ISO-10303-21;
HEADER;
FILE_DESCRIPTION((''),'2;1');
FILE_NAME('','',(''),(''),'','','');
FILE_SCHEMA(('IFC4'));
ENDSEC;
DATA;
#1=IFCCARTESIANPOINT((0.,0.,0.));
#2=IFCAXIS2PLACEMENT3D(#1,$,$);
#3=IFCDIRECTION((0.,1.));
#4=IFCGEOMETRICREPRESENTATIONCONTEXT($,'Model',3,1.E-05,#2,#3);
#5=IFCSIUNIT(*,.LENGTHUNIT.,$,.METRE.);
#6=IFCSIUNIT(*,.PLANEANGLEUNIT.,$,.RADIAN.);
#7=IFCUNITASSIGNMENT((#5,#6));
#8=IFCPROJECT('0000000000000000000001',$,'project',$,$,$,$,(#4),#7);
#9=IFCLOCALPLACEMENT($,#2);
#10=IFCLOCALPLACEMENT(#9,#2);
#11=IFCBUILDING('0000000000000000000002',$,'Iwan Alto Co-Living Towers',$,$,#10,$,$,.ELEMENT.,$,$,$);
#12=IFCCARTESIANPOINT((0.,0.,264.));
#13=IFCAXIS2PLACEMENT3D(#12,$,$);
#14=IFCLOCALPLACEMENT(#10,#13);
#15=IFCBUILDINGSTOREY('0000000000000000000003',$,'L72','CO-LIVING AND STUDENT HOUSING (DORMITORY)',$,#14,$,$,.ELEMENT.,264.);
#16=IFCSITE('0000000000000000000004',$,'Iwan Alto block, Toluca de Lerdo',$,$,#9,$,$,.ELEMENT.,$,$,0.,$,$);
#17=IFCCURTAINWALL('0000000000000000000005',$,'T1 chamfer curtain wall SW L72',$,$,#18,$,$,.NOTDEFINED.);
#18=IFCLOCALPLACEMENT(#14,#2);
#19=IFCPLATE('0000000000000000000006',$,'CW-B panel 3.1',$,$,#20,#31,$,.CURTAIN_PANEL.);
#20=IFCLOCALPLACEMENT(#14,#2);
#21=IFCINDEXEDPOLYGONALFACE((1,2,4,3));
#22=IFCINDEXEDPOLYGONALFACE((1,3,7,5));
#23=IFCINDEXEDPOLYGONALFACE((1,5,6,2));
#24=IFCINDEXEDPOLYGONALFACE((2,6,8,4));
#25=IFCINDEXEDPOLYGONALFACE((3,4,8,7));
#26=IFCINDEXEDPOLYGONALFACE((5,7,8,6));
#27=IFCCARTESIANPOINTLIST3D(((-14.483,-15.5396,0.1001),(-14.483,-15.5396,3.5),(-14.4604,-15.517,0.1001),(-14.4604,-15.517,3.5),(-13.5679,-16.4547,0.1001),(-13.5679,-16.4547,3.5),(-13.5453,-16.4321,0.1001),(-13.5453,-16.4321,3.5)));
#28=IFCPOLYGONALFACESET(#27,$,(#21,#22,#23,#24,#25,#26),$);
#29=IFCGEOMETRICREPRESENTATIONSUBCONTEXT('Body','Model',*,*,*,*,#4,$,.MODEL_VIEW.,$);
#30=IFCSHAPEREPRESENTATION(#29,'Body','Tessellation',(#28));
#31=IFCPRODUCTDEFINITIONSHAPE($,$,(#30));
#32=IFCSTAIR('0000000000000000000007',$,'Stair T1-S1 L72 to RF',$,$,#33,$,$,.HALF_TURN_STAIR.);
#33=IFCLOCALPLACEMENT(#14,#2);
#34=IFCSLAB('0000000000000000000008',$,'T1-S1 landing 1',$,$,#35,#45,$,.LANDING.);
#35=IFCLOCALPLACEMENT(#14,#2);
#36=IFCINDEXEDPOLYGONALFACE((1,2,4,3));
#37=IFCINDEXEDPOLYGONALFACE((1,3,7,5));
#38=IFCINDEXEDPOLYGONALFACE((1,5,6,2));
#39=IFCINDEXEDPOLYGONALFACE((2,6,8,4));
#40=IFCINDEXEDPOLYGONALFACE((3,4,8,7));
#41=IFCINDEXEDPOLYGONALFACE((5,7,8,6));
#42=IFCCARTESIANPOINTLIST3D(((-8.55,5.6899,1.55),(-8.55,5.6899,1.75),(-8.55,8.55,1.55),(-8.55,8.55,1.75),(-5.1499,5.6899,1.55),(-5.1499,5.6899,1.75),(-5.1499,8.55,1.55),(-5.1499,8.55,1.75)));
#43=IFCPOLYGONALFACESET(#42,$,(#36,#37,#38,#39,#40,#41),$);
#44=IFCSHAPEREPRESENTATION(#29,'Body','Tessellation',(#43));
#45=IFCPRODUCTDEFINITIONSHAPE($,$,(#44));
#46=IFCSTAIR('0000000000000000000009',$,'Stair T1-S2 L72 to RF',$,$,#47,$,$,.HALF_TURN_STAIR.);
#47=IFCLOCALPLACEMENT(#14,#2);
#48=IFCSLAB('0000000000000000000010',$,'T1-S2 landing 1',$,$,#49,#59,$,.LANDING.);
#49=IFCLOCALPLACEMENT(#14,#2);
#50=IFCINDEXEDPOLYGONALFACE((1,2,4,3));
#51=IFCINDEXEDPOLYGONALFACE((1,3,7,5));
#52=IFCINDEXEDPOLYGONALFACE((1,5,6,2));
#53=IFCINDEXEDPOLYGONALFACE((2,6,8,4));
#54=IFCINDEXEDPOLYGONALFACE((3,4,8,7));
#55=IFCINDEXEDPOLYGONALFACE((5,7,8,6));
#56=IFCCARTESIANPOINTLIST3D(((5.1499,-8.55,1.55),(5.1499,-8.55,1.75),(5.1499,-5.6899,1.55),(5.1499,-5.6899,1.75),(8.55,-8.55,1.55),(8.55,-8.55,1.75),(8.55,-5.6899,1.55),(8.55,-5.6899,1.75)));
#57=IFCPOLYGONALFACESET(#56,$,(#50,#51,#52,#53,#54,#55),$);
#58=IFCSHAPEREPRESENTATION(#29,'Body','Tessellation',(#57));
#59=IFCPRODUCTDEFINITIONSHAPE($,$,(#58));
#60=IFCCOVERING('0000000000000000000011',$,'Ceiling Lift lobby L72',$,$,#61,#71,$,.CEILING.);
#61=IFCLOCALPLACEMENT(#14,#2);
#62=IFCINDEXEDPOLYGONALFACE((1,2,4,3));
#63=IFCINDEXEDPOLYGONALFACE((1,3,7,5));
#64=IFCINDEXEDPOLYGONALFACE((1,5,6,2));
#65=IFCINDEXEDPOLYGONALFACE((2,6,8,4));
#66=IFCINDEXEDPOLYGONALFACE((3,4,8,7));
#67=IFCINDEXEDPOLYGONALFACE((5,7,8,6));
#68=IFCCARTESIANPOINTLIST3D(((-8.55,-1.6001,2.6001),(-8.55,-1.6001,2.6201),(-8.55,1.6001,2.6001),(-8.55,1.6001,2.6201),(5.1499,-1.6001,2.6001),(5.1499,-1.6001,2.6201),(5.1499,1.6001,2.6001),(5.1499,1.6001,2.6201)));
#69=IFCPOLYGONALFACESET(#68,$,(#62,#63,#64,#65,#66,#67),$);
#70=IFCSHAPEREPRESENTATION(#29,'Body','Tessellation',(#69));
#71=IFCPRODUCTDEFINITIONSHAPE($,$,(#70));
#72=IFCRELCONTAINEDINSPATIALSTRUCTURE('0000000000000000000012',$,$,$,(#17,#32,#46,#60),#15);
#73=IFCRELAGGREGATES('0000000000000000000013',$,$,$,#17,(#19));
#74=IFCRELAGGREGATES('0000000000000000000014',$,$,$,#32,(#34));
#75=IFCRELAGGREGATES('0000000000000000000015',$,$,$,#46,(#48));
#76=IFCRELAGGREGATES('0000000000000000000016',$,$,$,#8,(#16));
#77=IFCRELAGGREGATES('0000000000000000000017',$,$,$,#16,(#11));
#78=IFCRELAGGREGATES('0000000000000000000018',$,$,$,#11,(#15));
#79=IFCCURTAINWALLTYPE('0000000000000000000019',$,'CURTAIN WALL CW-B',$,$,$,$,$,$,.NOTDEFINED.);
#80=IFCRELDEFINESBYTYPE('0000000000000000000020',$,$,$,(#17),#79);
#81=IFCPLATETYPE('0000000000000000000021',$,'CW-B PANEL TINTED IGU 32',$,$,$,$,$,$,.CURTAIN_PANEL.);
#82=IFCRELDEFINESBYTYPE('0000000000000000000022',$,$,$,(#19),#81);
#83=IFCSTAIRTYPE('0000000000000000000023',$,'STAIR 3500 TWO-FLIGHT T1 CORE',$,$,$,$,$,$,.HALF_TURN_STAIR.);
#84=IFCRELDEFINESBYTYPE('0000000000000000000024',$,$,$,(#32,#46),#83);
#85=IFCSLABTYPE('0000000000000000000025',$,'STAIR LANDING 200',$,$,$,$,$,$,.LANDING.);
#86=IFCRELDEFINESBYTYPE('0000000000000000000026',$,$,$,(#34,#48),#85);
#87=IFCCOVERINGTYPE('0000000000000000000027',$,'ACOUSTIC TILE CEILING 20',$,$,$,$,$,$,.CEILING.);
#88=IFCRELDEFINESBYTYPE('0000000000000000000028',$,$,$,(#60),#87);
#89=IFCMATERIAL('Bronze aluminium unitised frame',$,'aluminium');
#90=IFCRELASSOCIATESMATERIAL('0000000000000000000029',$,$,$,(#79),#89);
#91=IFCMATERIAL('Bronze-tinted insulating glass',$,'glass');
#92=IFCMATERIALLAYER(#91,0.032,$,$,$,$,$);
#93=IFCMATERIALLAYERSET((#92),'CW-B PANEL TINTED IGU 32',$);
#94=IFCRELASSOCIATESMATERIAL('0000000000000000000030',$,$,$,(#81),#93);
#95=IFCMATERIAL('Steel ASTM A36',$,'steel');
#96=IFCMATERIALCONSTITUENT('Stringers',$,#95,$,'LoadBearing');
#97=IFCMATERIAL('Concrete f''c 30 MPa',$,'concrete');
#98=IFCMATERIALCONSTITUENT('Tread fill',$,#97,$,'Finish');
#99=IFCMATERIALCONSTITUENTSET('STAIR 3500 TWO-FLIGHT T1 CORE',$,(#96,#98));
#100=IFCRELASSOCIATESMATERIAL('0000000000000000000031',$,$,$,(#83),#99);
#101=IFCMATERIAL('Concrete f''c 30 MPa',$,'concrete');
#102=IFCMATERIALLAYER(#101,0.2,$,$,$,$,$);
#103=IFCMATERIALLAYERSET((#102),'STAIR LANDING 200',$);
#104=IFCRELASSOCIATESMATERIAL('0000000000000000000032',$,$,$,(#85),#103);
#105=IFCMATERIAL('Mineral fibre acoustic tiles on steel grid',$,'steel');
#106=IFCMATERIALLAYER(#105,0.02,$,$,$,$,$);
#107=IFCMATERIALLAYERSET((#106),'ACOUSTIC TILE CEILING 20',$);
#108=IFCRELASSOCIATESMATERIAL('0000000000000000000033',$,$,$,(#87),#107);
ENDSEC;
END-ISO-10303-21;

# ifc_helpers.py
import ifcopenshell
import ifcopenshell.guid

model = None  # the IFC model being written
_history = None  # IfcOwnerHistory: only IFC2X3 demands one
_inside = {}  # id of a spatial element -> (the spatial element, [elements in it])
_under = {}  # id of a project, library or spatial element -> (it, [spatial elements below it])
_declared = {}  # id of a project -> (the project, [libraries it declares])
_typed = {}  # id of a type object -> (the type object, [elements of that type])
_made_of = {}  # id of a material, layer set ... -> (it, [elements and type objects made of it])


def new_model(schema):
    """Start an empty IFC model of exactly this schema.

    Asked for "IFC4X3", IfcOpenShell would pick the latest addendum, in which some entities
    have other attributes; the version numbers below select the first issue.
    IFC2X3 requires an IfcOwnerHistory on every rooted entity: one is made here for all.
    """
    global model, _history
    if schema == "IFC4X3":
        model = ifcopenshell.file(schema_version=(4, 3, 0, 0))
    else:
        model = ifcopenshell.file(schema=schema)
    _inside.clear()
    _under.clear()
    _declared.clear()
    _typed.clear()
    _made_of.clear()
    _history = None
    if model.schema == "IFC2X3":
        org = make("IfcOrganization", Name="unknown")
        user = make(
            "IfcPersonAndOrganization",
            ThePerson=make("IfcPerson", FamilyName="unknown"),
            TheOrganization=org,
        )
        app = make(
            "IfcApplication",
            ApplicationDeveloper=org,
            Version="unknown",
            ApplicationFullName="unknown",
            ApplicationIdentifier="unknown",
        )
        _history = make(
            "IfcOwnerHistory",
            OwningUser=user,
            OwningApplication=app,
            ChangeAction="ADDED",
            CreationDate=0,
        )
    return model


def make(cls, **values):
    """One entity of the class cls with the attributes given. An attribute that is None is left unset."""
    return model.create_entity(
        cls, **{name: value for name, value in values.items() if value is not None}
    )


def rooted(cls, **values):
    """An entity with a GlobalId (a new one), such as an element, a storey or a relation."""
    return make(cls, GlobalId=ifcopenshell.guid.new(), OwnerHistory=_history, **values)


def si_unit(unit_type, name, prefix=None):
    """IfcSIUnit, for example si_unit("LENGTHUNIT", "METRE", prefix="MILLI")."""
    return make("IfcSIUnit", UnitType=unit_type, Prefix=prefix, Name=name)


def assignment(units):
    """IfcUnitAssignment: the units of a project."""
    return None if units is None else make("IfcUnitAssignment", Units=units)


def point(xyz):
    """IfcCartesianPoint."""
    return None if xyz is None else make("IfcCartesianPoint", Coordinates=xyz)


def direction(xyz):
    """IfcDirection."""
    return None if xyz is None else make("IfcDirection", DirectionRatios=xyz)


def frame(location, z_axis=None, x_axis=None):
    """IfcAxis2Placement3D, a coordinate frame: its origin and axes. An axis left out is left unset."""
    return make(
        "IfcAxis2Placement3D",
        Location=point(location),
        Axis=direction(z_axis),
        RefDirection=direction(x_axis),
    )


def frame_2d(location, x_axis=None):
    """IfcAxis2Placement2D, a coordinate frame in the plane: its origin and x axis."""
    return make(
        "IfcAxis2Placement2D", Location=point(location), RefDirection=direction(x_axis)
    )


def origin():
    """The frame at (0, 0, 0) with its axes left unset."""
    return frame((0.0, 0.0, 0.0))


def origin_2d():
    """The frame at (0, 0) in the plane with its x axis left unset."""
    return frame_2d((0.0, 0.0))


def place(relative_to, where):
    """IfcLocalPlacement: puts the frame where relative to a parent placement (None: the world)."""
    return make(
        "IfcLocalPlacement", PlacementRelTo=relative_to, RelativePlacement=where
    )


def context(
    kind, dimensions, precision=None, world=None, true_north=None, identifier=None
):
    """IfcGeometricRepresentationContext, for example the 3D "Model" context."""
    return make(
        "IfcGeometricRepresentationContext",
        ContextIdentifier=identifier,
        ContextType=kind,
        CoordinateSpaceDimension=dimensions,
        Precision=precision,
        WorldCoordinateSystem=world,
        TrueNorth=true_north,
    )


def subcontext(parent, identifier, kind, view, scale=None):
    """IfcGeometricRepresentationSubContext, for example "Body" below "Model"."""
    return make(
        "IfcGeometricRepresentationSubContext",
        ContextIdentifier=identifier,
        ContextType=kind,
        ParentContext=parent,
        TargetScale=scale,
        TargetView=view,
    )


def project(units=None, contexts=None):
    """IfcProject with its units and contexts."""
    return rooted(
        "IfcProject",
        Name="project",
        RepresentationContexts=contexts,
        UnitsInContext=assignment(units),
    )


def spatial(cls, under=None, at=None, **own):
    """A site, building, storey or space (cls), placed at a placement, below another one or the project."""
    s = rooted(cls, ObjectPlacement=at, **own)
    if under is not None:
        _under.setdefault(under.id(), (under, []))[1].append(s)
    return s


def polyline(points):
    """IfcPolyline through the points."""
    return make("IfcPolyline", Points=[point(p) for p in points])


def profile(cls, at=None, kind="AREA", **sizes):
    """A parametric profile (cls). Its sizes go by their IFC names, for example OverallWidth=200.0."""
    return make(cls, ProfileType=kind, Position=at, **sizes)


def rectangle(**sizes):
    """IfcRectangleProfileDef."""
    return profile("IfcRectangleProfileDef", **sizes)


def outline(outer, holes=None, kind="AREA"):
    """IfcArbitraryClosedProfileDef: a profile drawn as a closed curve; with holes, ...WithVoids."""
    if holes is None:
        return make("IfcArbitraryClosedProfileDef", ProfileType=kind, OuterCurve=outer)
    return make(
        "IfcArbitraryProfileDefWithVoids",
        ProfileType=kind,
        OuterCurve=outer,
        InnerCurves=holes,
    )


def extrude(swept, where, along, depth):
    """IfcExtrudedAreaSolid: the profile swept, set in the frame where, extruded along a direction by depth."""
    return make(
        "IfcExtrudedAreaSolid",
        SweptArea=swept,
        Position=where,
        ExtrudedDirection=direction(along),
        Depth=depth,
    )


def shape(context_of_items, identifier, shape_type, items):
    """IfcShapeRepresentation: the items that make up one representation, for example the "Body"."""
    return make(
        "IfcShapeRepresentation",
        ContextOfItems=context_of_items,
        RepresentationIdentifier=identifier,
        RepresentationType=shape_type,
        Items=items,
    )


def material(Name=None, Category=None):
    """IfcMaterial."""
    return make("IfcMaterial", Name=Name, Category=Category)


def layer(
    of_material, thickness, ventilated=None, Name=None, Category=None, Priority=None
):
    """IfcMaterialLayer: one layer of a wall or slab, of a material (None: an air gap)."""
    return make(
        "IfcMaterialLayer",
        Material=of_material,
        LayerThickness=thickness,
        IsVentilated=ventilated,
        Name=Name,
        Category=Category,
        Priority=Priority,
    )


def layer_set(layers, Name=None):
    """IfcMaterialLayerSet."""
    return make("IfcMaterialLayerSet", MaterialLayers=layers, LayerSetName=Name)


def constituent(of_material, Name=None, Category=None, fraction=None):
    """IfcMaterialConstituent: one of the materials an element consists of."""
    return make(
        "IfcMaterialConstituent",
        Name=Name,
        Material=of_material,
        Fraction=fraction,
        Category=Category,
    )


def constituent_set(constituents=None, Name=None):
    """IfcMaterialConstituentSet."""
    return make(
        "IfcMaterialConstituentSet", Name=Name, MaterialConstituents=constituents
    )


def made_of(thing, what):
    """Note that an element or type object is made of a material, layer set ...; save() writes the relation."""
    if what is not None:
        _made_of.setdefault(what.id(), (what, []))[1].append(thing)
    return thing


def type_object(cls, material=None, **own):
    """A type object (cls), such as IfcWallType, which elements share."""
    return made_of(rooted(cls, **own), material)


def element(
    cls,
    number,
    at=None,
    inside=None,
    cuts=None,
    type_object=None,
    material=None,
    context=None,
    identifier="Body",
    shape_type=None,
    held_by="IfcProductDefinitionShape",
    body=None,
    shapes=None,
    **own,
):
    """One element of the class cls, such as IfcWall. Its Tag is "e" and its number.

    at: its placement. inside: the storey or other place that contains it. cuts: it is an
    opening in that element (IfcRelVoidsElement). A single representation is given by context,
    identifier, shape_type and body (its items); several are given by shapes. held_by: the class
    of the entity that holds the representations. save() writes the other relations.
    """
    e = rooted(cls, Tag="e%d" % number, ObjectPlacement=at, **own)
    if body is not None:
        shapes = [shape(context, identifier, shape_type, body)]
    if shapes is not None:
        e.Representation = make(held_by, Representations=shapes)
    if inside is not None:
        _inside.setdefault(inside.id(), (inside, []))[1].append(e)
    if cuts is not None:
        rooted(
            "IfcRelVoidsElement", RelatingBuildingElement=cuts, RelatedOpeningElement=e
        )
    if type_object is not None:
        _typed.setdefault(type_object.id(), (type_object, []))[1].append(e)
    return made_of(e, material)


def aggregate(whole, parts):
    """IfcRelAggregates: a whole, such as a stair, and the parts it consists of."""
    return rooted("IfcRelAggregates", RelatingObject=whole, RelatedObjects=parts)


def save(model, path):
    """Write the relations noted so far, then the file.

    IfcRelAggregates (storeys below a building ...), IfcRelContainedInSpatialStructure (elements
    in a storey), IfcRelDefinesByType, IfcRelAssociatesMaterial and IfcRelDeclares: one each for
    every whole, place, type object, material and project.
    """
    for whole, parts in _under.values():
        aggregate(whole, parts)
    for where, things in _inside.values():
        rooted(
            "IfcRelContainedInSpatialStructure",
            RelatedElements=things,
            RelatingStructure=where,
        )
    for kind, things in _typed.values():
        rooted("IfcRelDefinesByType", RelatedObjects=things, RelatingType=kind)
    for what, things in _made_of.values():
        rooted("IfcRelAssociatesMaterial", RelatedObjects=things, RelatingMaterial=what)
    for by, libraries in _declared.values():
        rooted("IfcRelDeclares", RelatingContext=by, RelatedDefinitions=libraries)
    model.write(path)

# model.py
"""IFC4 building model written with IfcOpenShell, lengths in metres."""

from ifc_helpers import new_model, si_unit, direction, frame, origin, origin_2d, place, context, subcontext, project, spatial, polyline, rectangle, outline, extrude, material, layer, layer_set, constituent, constituent_set, type_object, element, aggregate, save


model = new_model("IFC4")

# Units and contexts
model_context = context("Model", 3, precision=1e-05, world=origin(), true_north=direction((0.0, 1.0)))
body_context = subcontext(model_context, "Body", "Model", "MODEL_VIEW")
ifc_project = project(units=[si_unit("LENGTHUNIT", "METRE"), si_unit("PLANEANGLEUNIT", "RADIAN")], contexts=[model_context])

# Site, building, storey
site_placement = place(None, origin())
site = spatial("IfcSite", under=ifc_project, at=site_placement, Name="Iwan Alto block, Toluca de Lerdo", CompositionType="ELEMENT", RefElevation=0.0)
building_placement = place(site_placement, origin())
building = spatial("IfcBuilding", under=site, at=building_placement, Name="Iwan Alto Co-Living Towers", CompositionType="ELEMENT")
storey_placement = place(building_placement, frame((0.0, 0.0, 264.0)))
storey = spatial("IfcBuildingStorey", under=building, at=storey_placement, Name="L72", Description="CO-LIVING AND STUDENT HOUSING (DORMITORY)", CompositionType="ELEMENT", Elevation=264.0)

# Curtain wall
ifc_material_1 = material(Name="Bronze aluminium unitised frame", Category="aluminium")
curtain_wall_type_1 = type_object("IfcCurtainWallType", Name="CURTAIN WALL CW-B", PredefinedType="NOTDEFINED", material=ifc_material_1)
curtain_wall_1_placement = place(storey_placement, origin())
curtain_wall_1 = element("IfcCurtainWall", 1, at=curtain_wall_1_placement, inside=storey, type_object=curtain_wall_type_1, Name="T1 chamfer curtain wall SW L72", PredefinedType="NOTDEFINED")

# Plate
ifc_material_2 = material(Name="Bronze-tinted insulating glass", Category="glass")
ifc_layer_1 = layer(ifc_material_2, 0.032)
ifc_layer_set_1 = layer_set([ifc_layer_1], Name="CW-B PANEL TINTED IGU 32")
plate_type_1 = type_object("IfcPlateType", Name="CW-B PANEL TINTED IGU 32", PredefinedType="CURTAIN_PANEL", material=ifc_layer_set_1)
plate_1_placement = place(storey_placement, frame((-14.0142, -15.9858, 0.1001), z_axis=(0.0, 0.0, 1.0), x_axis=(0.707107, -0.707107, 0.0)))
plate_1 = element("IfcPlate", 2, at=plate_1_placement, type_object=plate_type_1, Name="CW-B panel 3.1", PredefinedType="CURTAIN_PANEL", context=body_context, shape_type="SweptSolid", body=[
    extrude(rectangle(XDim=1.2942, YDim=0.032, at=origin_2d()), origin(), (0.0, 0.0, 1.0), 3.3999),
])
aggregate(curtain_wall_1, [plate_1])

# Stairs, slabs
ifc_material_3 = material(Name="Steel ASTM A36", Category="steel")
ifc_constituent_1 = constituent(ifc_material_3, Name="Stringers", Category="LoadBearing")
ifc_material_4 = material(Name="Concrete f'c 30 MPa", Category="concrete")
ifc_constituent_2 = constituent(ifc_material_4, Name="Tread fill", Category="Finish")
ifc_constituent_set = constituent_set(constituents=[ifc_constituent_1, ifc_constituent_2], Name="STAIR 3500 TWO-FLIGHT T1 CORE")
stair_type = type_object("IfcStairType", Name="STAIR 3500 TWO-FLIGHT T1 CORE", PredefinedType="HALF_TURN_STAIR", material=ifc_constituent_set)
stair_1_placement = place(storey_placement, origin())
stair_1 = element("IfcStair", 3, at=stair_1_placement, inside=storey, type_object=stair_type, Name="Stair T1-S1 L72 to RF", PredefinedType="HALF_TURN_STAIR")
ifc_material_5 = material(Name="Concrete f'c 30 MPa", Category="concrete")
ifc_layer_2 = layer(ifc_material_5, 0.2)
ifc_layer_set_2 = layer_set([ifc_layer_2], Name="STAIR LANDING 200")
slab_type = type_object("IfcSlabType", Name="STAIR LANDING 200", PredefinedType="LANDING", material=ifc_layer_set_2)
slab_1_placement = place(storey_placement, frame((0.0, 0.0, 1.55)))
slab_1 = element("IfcSlab", 4, at=slab_1_placement, type_object=slab_type, Name="T1-S1 landing 1", PredefinedType="LANDING", context=body_context, shape_type="SweptSolid", body=[
    extrude(outline(polyline([(-8.55, 5.6899), (-8.55, 8.55), (-5.1499, 8.55), (-5.1499, 5.6899), (-8.55, 5.6899)])), origin(), (0.0, 0.0, 1.0), 0.2),
])
aggregate(stair_1, [slab_1])
stair_2_placement = place(storey_placement, origin())
stair_2 = element("IfcStair", 5, at=stair_2_placement, inside=storey, type_object=stair_type, Name="Stair T1-S2 L72 to RF", PredefinedType="HALF_TURN_STAIR")
slab_2_placement = place(storey_placement, frame((0.0, 0.0, 1.55)))
slab_2 = element("IfcSlab", 6, at=slab_2_placement, type_object=slab_type, Name="T1-S2 landing 1", PredefinedType="LANDING", context=body_context, shape_type="SweptSolid", body=[
    extrude(outline(polyline([(5.1499, -5.6899), (5.1499, -8.55), (8.55, -8.55), (8.55, -5.6899), (5.1499, -5.6899)])), origin(), (0.0, 0.0, 1.0), 0.2),
])
aggregate(stair_2, [slab_2])

# Covering
ifc_material_6 = material(Name="Mineral fibre acoustic tiles on steel grid", Category="steel")
ifc_layer_3 = layer(ifc_material_6, 0.02)
ifc_layer_set_3 = layer_set([ifc_layer_3], Name="ACOUSTIC TILE CEILING 20")
covering_type = type_object("IfcCoveringType", Name="ACOUSTIC TILE CEILING 20", PredefinedType="CEILING", material=ifc_layer_set_3)
covering_placement = place(storey_placement, frame((0.0, 0.0, 2.6001)))
element("IfcCovering", 7, at=covering_placement, inside=storey, type_object=covering_type, Name="Ceiling Lift lobby L72", PredefinedType="CEILING", context=body_context, shape_type="SweptSolid", body=[
    extrude(outline(polyline([(-8.55, -1.6001), (-8.55, 1.6001), (5.1499, 1.6001), (5.1499, -1.6001), (-8.55, -1.6001)])), origin(), (0.0, 0.0, 1.0), 0.02),
])

save(model, "model.ifc")
